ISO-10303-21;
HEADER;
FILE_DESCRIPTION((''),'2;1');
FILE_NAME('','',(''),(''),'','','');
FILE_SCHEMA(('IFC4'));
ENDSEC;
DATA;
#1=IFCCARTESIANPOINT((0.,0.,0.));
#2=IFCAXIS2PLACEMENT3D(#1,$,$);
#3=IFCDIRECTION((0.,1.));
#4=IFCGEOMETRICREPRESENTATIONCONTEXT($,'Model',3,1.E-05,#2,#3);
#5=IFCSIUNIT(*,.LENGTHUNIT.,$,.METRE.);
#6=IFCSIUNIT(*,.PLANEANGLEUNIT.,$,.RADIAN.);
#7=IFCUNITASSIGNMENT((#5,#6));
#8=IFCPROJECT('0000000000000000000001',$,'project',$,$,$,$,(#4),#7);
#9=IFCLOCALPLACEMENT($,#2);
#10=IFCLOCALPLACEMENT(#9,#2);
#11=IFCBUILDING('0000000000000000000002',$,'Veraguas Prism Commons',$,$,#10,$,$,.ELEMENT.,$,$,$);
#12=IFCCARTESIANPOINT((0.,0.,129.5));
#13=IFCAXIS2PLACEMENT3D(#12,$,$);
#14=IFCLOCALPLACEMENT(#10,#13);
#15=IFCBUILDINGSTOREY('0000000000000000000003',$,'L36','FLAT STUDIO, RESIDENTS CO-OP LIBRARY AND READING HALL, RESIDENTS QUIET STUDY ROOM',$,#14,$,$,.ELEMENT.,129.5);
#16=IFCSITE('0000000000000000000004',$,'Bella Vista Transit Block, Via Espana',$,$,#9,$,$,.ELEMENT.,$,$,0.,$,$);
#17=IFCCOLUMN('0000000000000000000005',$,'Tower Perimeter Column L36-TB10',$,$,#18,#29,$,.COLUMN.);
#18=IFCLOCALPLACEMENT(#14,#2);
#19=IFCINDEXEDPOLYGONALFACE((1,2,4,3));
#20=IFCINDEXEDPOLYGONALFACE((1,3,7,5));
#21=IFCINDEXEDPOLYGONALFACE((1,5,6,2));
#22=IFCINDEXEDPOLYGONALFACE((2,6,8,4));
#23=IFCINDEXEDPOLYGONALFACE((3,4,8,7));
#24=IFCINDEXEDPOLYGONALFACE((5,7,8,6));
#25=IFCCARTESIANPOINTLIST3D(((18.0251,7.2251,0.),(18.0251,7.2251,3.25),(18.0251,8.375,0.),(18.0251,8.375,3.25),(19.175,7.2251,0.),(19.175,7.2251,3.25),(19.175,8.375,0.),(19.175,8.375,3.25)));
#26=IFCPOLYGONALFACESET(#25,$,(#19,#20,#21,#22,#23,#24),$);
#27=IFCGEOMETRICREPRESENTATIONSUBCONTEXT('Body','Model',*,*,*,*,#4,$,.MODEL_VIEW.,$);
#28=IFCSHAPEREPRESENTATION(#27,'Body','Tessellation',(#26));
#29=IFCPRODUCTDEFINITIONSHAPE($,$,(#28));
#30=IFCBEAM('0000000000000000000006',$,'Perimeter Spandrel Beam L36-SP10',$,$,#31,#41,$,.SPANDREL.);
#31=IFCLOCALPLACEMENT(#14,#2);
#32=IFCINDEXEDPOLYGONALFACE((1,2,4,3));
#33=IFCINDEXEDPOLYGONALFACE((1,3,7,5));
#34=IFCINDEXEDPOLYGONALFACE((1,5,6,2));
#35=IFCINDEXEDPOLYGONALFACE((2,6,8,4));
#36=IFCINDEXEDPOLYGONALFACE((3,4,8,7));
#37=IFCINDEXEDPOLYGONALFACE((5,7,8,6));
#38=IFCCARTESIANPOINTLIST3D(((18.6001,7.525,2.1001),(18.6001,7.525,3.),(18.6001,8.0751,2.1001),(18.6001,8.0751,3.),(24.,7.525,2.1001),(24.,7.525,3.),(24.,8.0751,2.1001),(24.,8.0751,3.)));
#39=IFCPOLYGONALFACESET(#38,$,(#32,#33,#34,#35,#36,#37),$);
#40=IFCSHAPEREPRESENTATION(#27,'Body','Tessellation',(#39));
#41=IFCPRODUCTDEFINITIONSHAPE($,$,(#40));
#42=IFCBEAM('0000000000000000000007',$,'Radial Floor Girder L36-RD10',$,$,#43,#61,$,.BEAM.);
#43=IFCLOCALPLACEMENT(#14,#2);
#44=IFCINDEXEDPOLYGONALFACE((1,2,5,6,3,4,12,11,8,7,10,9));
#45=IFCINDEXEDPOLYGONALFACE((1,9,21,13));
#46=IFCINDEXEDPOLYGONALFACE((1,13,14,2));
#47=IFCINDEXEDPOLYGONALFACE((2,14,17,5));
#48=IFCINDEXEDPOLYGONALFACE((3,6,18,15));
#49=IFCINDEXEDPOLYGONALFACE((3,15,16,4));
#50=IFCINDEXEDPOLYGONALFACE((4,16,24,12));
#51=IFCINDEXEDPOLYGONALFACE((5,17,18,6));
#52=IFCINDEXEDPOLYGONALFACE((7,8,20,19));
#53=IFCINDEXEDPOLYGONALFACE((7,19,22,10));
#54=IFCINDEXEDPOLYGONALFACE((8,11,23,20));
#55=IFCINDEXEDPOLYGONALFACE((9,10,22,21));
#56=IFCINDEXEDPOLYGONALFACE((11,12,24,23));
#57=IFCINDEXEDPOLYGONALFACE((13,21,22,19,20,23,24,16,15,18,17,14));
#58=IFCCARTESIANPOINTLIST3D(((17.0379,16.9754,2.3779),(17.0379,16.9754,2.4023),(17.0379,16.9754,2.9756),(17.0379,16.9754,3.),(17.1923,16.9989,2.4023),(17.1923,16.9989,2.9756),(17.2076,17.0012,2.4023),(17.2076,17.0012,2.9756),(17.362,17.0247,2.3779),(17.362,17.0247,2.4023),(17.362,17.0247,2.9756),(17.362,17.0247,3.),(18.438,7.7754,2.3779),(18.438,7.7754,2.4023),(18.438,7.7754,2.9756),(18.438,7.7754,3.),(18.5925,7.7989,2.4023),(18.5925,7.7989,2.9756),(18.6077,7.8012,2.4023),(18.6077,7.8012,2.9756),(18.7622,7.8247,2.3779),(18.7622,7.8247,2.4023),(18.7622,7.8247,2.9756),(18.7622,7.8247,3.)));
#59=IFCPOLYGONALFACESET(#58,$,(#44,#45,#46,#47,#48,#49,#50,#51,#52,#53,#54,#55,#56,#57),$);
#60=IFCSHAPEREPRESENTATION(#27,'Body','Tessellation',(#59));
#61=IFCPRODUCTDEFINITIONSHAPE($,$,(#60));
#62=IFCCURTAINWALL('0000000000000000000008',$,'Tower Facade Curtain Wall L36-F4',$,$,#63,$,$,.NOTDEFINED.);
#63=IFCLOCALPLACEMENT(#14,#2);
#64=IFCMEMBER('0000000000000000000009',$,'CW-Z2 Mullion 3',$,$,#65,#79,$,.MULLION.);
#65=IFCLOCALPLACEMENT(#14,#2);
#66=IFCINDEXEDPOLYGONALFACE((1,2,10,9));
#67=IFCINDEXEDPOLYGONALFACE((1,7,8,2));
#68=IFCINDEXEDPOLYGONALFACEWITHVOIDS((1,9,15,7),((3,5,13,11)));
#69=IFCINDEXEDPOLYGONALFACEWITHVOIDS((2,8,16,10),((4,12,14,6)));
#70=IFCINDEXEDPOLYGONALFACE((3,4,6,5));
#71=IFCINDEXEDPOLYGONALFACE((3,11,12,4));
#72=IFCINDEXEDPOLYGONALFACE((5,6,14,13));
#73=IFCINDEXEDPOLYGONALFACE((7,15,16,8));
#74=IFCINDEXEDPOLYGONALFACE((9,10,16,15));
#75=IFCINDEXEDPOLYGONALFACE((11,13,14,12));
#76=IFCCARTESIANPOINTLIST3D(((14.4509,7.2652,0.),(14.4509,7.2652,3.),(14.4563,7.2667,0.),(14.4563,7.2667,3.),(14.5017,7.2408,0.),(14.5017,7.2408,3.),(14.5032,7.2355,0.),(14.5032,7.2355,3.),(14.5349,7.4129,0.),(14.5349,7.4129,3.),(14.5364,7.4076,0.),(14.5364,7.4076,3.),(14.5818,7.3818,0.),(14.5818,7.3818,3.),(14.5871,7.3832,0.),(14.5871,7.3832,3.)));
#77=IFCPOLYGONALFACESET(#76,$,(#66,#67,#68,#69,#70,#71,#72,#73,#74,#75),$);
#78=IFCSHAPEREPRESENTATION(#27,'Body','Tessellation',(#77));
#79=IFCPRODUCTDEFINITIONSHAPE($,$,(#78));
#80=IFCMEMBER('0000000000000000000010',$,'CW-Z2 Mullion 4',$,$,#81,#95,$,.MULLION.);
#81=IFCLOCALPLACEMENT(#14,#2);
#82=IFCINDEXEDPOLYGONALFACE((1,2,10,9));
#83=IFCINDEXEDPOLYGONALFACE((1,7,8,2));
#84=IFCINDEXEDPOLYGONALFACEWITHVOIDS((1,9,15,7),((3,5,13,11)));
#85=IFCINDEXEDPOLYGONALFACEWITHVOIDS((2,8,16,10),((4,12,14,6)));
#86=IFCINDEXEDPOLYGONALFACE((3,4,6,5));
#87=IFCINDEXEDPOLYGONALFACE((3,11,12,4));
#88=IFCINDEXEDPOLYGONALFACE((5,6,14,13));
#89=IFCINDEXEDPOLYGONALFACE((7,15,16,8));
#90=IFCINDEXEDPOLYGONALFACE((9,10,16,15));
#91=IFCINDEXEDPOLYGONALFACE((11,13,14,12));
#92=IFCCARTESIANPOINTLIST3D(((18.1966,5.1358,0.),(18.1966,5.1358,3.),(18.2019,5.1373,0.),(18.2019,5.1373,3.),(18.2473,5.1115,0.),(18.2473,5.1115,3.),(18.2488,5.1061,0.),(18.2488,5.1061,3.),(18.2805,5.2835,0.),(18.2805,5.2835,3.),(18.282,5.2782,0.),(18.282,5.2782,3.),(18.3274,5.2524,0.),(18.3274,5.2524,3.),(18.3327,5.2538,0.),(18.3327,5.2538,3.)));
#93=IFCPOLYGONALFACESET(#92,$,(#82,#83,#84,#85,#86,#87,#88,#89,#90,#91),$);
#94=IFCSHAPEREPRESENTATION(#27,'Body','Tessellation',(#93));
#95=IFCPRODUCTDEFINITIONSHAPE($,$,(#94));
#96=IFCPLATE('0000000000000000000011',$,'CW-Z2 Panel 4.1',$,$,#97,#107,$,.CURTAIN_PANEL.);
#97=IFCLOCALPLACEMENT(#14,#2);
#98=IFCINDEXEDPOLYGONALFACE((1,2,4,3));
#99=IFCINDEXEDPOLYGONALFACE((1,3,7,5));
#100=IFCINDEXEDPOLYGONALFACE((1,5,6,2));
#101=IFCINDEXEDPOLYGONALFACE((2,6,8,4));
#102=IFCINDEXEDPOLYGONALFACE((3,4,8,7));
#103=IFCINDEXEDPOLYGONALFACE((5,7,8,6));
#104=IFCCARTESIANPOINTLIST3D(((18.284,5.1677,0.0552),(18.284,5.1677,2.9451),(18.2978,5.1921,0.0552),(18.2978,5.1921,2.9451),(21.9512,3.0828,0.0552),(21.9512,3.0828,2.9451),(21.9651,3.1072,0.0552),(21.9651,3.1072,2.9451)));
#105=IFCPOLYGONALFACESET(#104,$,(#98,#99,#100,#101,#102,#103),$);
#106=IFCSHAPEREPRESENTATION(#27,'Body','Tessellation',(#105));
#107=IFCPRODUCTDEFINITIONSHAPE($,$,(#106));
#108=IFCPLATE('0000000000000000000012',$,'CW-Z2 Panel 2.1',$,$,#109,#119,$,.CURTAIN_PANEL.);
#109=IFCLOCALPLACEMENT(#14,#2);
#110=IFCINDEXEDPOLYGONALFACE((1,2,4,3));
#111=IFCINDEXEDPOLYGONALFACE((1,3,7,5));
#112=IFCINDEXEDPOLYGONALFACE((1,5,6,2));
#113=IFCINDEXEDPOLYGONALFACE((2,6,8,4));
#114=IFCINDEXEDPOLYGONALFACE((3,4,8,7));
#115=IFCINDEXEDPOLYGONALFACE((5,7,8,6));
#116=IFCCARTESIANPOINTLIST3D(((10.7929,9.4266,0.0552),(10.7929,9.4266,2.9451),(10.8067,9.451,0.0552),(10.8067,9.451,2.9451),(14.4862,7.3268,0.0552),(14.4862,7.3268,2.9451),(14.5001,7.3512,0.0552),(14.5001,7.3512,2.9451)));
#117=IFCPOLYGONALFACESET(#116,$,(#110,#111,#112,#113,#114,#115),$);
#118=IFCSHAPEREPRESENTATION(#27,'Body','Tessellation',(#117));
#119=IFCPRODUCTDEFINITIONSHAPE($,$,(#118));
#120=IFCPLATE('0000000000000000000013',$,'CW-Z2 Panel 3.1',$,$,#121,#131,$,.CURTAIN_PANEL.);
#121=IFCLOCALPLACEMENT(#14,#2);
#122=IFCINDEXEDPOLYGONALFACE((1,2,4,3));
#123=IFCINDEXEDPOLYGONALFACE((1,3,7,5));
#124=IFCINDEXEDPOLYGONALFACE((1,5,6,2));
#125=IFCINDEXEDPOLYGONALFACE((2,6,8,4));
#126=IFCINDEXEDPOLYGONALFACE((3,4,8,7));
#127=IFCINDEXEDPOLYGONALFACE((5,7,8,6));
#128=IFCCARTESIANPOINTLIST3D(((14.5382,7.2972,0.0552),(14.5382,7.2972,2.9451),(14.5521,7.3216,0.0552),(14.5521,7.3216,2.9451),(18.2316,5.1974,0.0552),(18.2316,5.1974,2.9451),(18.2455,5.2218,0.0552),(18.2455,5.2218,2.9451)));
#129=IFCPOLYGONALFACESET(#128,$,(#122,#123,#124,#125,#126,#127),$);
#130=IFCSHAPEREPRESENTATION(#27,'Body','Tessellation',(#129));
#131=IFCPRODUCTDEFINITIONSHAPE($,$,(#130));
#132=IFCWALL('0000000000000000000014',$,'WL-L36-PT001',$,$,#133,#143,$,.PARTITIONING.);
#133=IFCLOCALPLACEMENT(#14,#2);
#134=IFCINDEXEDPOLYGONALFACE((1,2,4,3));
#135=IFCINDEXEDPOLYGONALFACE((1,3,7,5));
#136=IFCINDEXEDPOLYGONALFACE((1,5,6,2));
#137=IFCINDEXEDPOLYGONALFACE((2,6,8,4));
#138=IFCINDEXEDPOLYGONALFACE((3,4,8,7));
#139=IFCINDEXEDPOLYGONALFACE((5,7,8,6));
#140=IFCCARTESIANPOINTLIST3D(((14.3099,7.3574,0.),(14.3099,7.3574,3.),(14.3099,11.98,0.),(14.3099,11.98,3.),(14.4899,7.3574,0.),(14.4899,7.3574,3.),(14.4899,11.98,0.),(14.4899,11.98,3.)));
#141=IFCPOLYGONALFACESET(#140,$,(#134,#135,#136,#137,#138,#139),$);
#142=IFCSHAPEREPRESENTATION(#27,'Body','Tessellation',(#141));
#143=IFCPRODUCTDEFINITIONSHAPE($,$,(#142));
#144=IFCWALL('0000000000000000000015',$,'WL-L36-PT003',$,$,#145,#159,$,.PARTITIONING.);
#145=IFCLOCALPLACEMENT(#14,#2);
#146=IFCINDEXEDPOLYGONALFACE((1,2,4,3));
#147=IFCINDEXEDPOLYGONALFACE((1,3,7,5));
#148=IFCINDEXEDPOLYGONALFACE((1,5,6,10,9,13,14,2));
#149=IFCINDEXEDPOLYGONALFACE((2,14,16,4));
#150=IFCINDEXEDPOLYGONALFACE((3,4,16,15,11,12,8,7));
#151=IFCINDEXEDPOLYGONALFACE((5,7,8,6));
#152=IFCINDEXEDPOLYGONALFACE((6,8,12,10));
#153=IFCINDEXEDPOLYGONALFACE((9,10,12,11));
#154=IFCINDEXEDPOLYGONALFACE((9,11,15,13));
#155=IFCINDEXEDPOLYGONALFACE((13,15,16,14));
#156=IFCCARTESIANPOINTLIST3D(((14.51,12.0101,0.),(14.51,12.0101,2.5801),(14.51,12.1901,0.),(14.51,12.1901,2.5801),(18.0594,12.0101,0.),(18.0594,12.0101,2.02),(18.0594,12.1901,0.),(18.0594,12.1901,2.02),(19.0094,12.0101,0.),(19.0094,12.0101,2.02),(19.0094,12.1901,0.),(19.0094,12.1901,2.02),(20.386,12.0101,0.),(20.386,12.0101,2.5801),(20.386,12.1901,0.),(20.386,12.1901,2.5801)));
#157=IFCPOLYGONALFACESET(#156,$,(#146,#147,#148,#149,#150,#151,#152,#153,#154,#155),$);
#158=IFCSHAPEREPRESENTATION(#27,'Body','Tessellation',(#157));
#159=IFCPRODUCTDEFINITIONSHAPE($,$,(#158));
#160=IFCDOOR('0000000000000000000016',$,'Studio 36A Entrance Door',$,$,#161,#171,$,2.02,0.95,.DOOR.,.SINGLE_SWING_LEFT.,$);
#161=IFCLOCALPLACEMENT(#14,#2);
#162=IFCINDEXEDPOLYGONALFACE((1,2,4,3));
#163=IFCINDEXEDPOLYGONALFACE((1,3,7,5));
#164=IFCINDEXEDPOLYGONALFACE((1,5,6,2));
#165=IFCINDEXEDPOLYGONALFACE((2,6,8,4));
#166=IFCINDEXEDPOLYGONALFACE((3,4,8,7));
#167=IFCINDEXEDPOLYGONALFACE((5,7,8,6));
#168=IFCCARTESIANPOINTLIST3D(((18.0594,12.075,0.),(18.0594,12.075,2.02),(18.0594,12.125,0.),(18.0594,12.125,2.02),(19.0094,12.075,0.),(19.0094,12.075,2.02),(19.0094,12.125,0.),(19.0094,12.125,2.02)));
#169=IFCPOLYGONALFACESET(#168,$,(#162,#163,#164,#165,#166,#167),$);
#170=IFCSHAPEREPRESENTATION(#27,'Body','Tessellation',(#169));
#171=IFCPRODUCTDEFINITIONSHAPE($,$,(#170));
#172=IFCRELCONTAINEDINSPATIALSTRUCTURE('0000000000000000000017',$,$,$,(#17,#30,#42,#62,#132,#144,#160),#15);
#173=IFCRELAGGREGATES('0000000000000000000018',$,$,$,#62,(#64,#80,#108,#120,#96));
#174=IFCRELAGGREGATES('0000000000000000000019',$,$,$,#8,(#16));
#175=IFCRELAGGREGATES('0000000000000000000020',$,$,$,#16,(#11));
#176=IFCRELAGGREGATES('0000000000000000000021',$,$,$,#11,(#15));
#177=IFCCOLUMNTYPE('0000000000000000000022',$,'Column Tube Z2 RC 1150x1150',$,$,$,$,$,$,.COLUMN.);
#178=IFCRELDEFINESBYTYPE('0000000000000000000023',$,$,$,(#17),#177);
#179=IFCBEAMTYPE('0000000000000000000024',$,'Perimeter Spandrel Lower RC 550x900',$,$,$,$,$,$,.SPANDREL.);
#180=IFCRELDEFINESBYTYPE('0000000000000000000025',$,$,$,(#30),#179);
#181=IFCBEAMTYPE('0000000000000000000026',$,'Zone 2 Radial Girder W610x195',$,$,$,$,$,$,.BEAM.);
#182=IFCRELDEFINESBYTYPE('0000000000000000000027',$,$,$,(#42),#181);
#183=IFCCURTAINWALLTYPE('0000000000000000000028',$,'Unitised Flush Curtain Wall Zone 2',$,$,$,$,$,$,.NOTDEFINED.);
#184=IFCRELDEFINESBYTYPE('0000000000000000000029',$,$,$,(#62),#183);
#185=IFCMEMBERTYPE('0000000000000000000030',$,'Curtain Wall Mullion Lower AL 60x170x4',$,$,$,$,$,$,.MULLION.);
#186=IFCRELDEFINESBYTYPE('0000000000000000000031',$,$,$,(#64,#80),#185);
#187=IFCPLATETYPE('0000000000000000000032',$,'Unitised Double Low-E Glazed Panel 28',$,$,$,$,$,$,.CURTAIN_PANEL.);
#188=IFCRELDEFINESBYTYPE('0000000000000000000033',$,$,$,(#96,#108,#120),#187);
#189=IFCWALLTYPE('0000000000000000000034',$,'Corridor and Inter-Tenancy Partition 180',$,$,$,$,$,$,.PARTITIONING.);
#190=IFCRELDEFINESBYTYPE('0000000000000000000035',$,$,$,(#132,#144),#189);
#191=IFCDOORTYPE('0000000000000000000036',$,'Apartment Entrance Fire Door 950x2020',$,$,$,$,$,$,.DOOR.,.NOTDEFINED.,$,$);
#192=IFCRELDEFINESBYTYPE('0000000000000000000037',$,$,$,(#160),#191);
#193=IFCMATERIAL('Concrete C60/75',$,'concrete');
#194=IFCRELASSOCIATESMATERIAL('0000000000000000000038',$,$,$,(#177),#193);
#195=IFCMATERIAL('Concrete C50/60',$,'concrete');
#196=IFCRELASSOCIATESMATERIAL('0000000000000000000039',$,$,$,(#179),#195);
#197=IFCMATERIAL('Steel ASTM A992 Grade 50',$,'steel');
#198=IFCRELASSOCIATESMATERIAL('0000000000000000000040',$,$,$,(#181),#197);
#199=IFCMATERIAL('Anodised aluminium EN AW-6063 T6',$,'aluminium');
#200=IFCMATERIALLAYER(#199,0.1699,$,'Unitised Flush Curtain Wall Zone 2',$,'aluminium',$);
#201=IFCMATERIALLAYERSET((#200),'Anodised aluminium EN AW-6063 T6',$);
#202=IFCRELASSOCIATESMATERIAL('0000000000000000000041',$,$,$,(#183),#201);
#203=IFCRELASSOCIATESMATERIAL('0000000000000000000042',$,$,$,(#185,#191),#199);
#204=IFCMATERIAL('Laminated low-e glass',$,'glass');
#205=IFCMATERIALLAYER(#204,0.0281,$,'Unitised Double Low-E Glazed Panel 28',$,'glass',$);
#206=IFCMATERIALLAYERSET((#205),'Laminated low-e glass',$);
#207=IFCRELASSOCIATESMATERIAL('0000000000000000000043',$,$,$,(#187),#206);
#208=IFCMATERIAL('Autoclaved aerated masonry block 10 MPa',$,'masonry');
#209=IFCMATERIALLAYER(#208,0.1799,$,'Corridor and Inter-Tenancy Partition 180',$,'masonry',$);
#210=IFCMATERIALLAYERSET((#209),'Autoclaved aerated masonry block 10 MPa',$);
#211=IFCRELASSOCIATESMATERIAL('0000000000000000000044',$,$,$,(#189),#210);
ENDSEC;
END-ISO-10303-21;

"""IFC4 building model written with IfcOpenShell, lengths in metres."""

from ifc_helpers import new_model, si_unit, direction, frame, frame_2d, origin, origin_2d, place, context, subcontext, project, spatial, rectangle, hollow_rectangle, i_section, extrude, source, transform, mapped, material, layer, layer_set, material_profile, profile_set, type_object, element, fill, aggregate, save


model = new_model("IFC4")

# Units and contexts
model_context = context("Model", 3, precision=1e-05, world=origin(), true_north=direction((0.0, 1.0)))
body_context = subcontext(model_context, "Body", "Model", "MODEL_VIEW")
ifc_project = project(units=[si_unit("LENGTHUNIT", "METRE"), si_unit("PLANEANGLEUNIT", "RADIAN")], contexts=[model_context])

# Site, building, storey
site_placement = place(None, origin())
site = spatial("IfcSite", under=ifc_project, at=site_placement, Name="Bella Vista Transit Block, Via Espana", CompositionType="ELEMENT", RefElevation=0.0)
building_placement = place(site_placement, origin())
building = spatial("IfcBuilding", under=site, at=building_placement, Name="Veraguas Prism Commons", CompositionType="ELEMENT")
storey_placement = place(building_placement, frame((0.0, 0.0, 129.5)))
storey = spatial("IfcBuildingStorey", under=building, at=storey_placement, Name="L36", Description="FLAT STUDIO, RESIDENTS CO-OP LIBRARY AND READING HALL, RESIDENTS QUIET STUDY ROOM", CompositionType="ELEMENT", Elevation=129.5)

# Column
ifc_material_1 = material(Name="Concrete C60/75", Category="concrete")
ifc_material_profile_1 = material_profile(ifc_material_1, rectangle(XDim=1.1499, YDim=1.1499, at=origin_2d()), Name="RC1150X1150")
ifc_profile_set_1 = profile_set([ifc_material_profile_1], Name="Concrete C60/75")
column_type = type_object("IfcColumnType", Name="Column Tube Z2 RC 1150x1150", PredefinedType="COLUMN", material=ifc_profile_set_1)
column_placement = place(storey_placement, frame((18.6001, 7.8, 0.0), z_axis=(0.0, 0.0, 1.0), x_axis=(1.0, 0.0, 0.0)))
element("IfcColumn", 1, at=column_placement, inside=storey, type_object=column_type, Name="Tower Perimeter Column L36-TB10", PredefinedType="COLUMN", context=body_context, shape_type="SweptSolid", body=[
    extrude(rectangle(XDim=1.1499, YDim=1.1499, at=origin_2d()), origin(), (0.0, 0.0, 1.0), 3.25),
])

# Beams
ifc_material_2 = material(Name="Concrete C50/60", Category="concrete")
ifc_material_profile_2 = material_profile(ifc_material_2, rectangle(XDim=0.55, YDim=0.8999, at=origin_2d()), Name="RC550X900")
ifc_profile_set_2 = profile_set([ifc_material_profile_2], Name="Concrete C50/60")
beam_type_1 = type_object("IfcBeamType", Name="Perimeter Spandrel Lower RC 550x900", PredefinedType="SPANDREL", material=ifc_profile_set_2)
beam_1_placement = place(storey_placement, frame((18.6001, 7.8, 2.55), z_axis=(1.0, 0.0, 0.0), x_axis=(0.0, 1.0, 0.0)))
element("IfcBeam", 2, at=beam_1_placement, inside=storey, type_object=beam_type_1, Name="Perimeter Spandrel Beam L36-SP10", PredefinedType="SPANDREL", context=body_context, shape_type="SweptSolid", body=[
    extrude(rectangle(XDim=0.55, YDim=0.8999, at=origin_2d()), origin(), (0.0, 0.0, 1.0), 5.3999),
])
ifc_material_3 = material(Name="Steel ASTM A992 Grade 50", Category="steel")
ifc_material_profile_3 = material_profile(ifc_material_3, i_section(OverallWidth=0.3279, OverallDepth=0.6221, WebThickness=0.0154, FlangeThickness=0.0244, at=origin_2d()), Name="W610X195")
ifc_profile_set_3 = profile_set([ifc_material_profile_3], Name="Steel ASTM A992 Grade 50")
beam_type_2 = type_object("IfcBeamType", Name="Zone 2 Radial Girder W610x195", PredefinedType="BEAM", material=ifc_profile_set_3)
beam_2_placement = place(storey_placement, frame((18.6001, 7.8, 2.689), z_axis=(-0.150458, 0.988616, 0.0), x_axis=(-0.988616, -0.150458, 0.0)))
element("IfcBeam", 3, at=beam_2_placement, inside=storey, type_object=beam_type_2, Name="Radial Floor Girder L36-RD10", PredefinedType="BEAM", context=body_context, shape_type="SweptSolid", body=[
    extrude(i_section(OverallWidth=0.3279, OverallDepth=0.6221, WebThickness=0.0154, FlangeThickness=0.0244, at=origin_2d()), origin(), (0.0, 0.0, 1.0), 9.3059),
])

# Curtain wall, members, plates
ifc_material_4 = material(Name="Anodised aluminium EN AW-6063 T6", Category="aluminium")
ifc_layer_1 = layer(ifc_material_4, 0.1699, Name="Unitised Flush Curtain Wall Zone 2", Category="aluminium")
ifc_layer_set_1 = layer_set([ifc_layer_1], Name="Anodised aluminium EN AW-6063 T6")
curtain_wall_type = type_object("IfcCurtainWallType", Name="Unitised Flush Curtain Wall Zone 2", PredefinedType="NOTDEFINED", material=ifc_layer_set_1)
curtain_wall_placement = place(storey_placement, origin())
curtain_wall = element("IfcCurtainWall", 4, at=curtain_wall_placement, inside=storey, type_object=curtain_wall_type, Name="Tower Facade Curtain Wall L36-F4", PredefinedType="NOTDEFINED")
ifc_material_profile_4 = material_profile(ifc_material_4, hollow_rectangle(XDim=0.0601, YDim=0.1699, WallThickness=0.0039, at=origin_2d()), Name="AL60X170X4")
ifc_profile_set_4 = profile_set([ifc_material_profile_4], Name="Anodised aluminium EN AW-6063 T6")
member_type = type_object("IfcMemberType", Name="Curtain Wall Mullion Lower AL 60x170x4", PredefinedType="MULLION", material=ifc_profile_set_4)
shared_shape_1 = source(origin(), body_context, "Body", "SweptSolid", [
    extrude(hollow_rectangle(XDim=0.0601, YDim=0.1699, WallThickness=0.0039, at=origin_2d()), origin(), (0.0, 0.0, 1.0), 3.0),
])
member_1_placement = place(storey_placement, frame((14.519, 7.3242, 0.0), z_axis=(0.0, 0.0, 1.0), x_axis=(0.869323, -0.494244, 0.0)))
member_1 = element("IfcMember", 5, at=member_1_placement, type_object=member_type, Name="CW-Z2 Mullion 3", PredefinedType="MULLION", context=body_context, shape_type="MappedRepresentation", body=[
    mapped(shared_shape_1, transform((0.0, 0.0, 0.0), scale=1.0)),
])
member_2_placement = place(storey_placement, frame((18.2646, 5.1948, 0.0), z_axis=(0.0, 0.0, 1.0), x_axis=(0.869323, -0.494244, 0.0)))
member_2 = element("IfcMember", 6, at=member_2_placement, type_object=member_type, Name="CW-Z2 Mullion 4", PredefinedType="MULLION", context=body_context, shape_type="MappedRepresentation", body=[
    mapped(shared_shape_1, transform((0.0, 0.0, 0.0), scale=1.0)),
])
ifc_material_5 = material(Name="Laminated low-e glass", Category="glass")
ifc_layer_2 = layer(ifc_material_5, 0.0281, Name="Unitised Double Low-E Glazed Panel 28", Category="glass")
ifc_layer_set_2 = layer_set([ifc_layer_2], Name="Laminated low-e glass")
plate_type = type_object("IfcPlateType", Name="Unitised Double Low-E Glazed Panel 28", PredefinedType="CURTAIN_PANEL", material=ifc_layer_set_2)
shared_shape_2 = source(origin(), body_context, "Body", "SweptSolid", [
    extrude(rectangle(XDim=4.2185, YDim=0.0281, at=origin_2d()), origin(), (0.0, 0.0, 1.0), 2.8899),
])
plate_1_placement = place(storey_placement, frame((20.1245, 4.1375, 0.0552), z_axis=(0.0, 0.0, 1.0), x_axis=(0.869323, -0.494244, 0.0)))
plate_1 = element("IfcPlate", 7, at=plate_1_placement, type_object=plate_type, Name="CW-Z2 Panel 4.1", PredefinedType="CURTAIN_PANEL", context=body_context, shape_type="MappedRepresentation", body=[
    mapped(shared_shape_2, transform((0.0, 0.0, 0.0), scale=1.0)),
])
shared_shape_3 = source(origin(), body_context, "Body", "SweptSolid", [
    extrude(rectangle(XDim=4.2485, YDim=0.0281, at=origin_2d()), origin(), (0.0, 0.0, 1.0), 2.8899),
])
plate_2_placement = place(storey_placement, frame((12.6465, 8.3889, 0.0552), z_axis=(0.0, 0.0, 1.0), x_axis=(0.869323, -0.494244, 0.0)))
plate_2 = element("IfcPlate", 8, at=plate_2_placement, type_object=plate_type, Name="CW-Z2 Panel 2.1", PredefinedType="CURTAIN_PANEL", context=body_context, shape_type="MappedRepresentation", body=[
    mapped(shared_shape_3, transform((0.0, 0.0, 0.0), scale=1.0)),
])
plate_3_placement = place(storey_placement, frame((16.3918, 6.2595, 0.0552), z_axis=(0.0, 0.0, 1.0), x_axis=(0.869323, -0.494244, 0.0)))
plate_3 = element("IfcPlate", 9, at=plate_3_placement, type_object=plate_type, Name="CW-Z2 Panel 3.1", PredefinedType="CURTAIN_PANEL", context=body_context, shape_type="MappedRepresentation", body=[
    mapped(shared_shape_3, transform((0.0, 0.0, 0.0), scale=1.0)),
])
aggregate(curtain_wall, [member_1, member_2, plate_2, plate_3, plate_1])

# Wall
ifc_material_6 = material(Name="Autoclaved aerated masonry block 10 MPa", Category="masonry")
ifc_layer_3 = layer(ifc_material_6, 0.1799, Name="Corridor and Inter-Tenancy Partition 180", Category="masonry")
ifc_layer_set_3 = layer_set([ifc_layer_3], Name="Autoclaved aerated masonry block 10 MPa")
wall_type_1 = type_object("IfcWallType", Name="Corridor and Inter-Tenancy Partition 180", PredefinedType="PARTITIONING", material=ifc_layer_set_3)
wall_1_placement = place(storey_placement, frame((14.3999, 11.98, 0.0), z_axis=(0.0, 0.0, 1.0), x_axis=(0.0, -1.0, 0.0)))
element("IfcWall", 10, at=wall_1_placement, inside=storey, type_object=wall_type_1, Name="WL-L36-PT001", PredefinedType="PARTITIONING", context=body_context, shape_type="SweptSolid", body=[
    extrude(rectangle(XDim=4.6226, YDim=0.1799, at=frame_2d((2.3113, 0.0))), origin(), (0.0, 0.0, 1.0), 3.0),
])

# Wall, opening, door
wall_2_placement = place(storey_placement, frame((14.51, 12.1001, 0.0), z_axis=(0.0, 0.0, 1.0), x_axis=(1.0, 0.0, 0.0)))
wall_2 = element("IfcWall", 11, at=wall_2_placement, inside=storey, type_object=wall_type_1, Name="WL-L36-PT003", PredefinedType="PARTITIONING", context=body_context, shape_type="SweptSolid", body=[
    extrude(rectangle(XDim=5.876, YDim=0.1799, at=frame_2d((2.938, 0.0))), origin(), (0.0, 0.0, 1.0), 2.5801),
])
opening_1_placement = place(wall_2_placement, frame((3.5493, 0.0, 0.0)))
opening_1 = element("IfcOpeningElement", 12, at=opening_1_placement, cuts=wall_2, PredefinedType="OPENING", context=body_context, shape_type="SweptSolid", body=[
    extrude(rectangle(XDim=0.95, YDim=2.02, at=frame_2d((0.4751, 1.01))), frame((0.0, 0.0999, 0.0), z_axis=(0.0, -1.0, 0.0), x_axis=(1.0, 0.0, 0.0)), (0.0, 0.0, 1.0), 0.2),
])
door_type_1 = type_object("IfcDoorType", Name="Apartment Entrance Fire Door 950x2020", OperationType="NOTDEFINED", PredefinedType="DOOR", material=ifc_material_4)
shared_shape_4 = source(origin(), body_context, "Body", "SweptSolid", [
    extrude(rectangle(XDim=0.95, YDim=2.02, at=frame_2d((0.4751, 1.01))), frame((0.0, 0.0249, 0.0), z_axis=(0.0, -1.0, 0.0), x_axis=(1.0, 0.0, 0.0)), (0.0, 0.0, 1.0), 0.05),
])
door_1_placement = place(opening_1_placement, origin())
door_1 = element("IfcDoor", 13, at=door_1_placement, inside=storey, type_object=door_type_1, Name="Studio 36A Entrance Door", OperationType="SINGLE_SWING_LEFT", OverallHeight=2.02, OverallWidth=0.95, PredefinedType="DOOR", context=body_context, shape_type="MappedRepresentation", body=[
    mapped(shared_shape_4, transform((0.0, 0.0, 0.0), scale=1.0)),
])
fill(opening_1, door_1)

save(model, "model.ifc")
